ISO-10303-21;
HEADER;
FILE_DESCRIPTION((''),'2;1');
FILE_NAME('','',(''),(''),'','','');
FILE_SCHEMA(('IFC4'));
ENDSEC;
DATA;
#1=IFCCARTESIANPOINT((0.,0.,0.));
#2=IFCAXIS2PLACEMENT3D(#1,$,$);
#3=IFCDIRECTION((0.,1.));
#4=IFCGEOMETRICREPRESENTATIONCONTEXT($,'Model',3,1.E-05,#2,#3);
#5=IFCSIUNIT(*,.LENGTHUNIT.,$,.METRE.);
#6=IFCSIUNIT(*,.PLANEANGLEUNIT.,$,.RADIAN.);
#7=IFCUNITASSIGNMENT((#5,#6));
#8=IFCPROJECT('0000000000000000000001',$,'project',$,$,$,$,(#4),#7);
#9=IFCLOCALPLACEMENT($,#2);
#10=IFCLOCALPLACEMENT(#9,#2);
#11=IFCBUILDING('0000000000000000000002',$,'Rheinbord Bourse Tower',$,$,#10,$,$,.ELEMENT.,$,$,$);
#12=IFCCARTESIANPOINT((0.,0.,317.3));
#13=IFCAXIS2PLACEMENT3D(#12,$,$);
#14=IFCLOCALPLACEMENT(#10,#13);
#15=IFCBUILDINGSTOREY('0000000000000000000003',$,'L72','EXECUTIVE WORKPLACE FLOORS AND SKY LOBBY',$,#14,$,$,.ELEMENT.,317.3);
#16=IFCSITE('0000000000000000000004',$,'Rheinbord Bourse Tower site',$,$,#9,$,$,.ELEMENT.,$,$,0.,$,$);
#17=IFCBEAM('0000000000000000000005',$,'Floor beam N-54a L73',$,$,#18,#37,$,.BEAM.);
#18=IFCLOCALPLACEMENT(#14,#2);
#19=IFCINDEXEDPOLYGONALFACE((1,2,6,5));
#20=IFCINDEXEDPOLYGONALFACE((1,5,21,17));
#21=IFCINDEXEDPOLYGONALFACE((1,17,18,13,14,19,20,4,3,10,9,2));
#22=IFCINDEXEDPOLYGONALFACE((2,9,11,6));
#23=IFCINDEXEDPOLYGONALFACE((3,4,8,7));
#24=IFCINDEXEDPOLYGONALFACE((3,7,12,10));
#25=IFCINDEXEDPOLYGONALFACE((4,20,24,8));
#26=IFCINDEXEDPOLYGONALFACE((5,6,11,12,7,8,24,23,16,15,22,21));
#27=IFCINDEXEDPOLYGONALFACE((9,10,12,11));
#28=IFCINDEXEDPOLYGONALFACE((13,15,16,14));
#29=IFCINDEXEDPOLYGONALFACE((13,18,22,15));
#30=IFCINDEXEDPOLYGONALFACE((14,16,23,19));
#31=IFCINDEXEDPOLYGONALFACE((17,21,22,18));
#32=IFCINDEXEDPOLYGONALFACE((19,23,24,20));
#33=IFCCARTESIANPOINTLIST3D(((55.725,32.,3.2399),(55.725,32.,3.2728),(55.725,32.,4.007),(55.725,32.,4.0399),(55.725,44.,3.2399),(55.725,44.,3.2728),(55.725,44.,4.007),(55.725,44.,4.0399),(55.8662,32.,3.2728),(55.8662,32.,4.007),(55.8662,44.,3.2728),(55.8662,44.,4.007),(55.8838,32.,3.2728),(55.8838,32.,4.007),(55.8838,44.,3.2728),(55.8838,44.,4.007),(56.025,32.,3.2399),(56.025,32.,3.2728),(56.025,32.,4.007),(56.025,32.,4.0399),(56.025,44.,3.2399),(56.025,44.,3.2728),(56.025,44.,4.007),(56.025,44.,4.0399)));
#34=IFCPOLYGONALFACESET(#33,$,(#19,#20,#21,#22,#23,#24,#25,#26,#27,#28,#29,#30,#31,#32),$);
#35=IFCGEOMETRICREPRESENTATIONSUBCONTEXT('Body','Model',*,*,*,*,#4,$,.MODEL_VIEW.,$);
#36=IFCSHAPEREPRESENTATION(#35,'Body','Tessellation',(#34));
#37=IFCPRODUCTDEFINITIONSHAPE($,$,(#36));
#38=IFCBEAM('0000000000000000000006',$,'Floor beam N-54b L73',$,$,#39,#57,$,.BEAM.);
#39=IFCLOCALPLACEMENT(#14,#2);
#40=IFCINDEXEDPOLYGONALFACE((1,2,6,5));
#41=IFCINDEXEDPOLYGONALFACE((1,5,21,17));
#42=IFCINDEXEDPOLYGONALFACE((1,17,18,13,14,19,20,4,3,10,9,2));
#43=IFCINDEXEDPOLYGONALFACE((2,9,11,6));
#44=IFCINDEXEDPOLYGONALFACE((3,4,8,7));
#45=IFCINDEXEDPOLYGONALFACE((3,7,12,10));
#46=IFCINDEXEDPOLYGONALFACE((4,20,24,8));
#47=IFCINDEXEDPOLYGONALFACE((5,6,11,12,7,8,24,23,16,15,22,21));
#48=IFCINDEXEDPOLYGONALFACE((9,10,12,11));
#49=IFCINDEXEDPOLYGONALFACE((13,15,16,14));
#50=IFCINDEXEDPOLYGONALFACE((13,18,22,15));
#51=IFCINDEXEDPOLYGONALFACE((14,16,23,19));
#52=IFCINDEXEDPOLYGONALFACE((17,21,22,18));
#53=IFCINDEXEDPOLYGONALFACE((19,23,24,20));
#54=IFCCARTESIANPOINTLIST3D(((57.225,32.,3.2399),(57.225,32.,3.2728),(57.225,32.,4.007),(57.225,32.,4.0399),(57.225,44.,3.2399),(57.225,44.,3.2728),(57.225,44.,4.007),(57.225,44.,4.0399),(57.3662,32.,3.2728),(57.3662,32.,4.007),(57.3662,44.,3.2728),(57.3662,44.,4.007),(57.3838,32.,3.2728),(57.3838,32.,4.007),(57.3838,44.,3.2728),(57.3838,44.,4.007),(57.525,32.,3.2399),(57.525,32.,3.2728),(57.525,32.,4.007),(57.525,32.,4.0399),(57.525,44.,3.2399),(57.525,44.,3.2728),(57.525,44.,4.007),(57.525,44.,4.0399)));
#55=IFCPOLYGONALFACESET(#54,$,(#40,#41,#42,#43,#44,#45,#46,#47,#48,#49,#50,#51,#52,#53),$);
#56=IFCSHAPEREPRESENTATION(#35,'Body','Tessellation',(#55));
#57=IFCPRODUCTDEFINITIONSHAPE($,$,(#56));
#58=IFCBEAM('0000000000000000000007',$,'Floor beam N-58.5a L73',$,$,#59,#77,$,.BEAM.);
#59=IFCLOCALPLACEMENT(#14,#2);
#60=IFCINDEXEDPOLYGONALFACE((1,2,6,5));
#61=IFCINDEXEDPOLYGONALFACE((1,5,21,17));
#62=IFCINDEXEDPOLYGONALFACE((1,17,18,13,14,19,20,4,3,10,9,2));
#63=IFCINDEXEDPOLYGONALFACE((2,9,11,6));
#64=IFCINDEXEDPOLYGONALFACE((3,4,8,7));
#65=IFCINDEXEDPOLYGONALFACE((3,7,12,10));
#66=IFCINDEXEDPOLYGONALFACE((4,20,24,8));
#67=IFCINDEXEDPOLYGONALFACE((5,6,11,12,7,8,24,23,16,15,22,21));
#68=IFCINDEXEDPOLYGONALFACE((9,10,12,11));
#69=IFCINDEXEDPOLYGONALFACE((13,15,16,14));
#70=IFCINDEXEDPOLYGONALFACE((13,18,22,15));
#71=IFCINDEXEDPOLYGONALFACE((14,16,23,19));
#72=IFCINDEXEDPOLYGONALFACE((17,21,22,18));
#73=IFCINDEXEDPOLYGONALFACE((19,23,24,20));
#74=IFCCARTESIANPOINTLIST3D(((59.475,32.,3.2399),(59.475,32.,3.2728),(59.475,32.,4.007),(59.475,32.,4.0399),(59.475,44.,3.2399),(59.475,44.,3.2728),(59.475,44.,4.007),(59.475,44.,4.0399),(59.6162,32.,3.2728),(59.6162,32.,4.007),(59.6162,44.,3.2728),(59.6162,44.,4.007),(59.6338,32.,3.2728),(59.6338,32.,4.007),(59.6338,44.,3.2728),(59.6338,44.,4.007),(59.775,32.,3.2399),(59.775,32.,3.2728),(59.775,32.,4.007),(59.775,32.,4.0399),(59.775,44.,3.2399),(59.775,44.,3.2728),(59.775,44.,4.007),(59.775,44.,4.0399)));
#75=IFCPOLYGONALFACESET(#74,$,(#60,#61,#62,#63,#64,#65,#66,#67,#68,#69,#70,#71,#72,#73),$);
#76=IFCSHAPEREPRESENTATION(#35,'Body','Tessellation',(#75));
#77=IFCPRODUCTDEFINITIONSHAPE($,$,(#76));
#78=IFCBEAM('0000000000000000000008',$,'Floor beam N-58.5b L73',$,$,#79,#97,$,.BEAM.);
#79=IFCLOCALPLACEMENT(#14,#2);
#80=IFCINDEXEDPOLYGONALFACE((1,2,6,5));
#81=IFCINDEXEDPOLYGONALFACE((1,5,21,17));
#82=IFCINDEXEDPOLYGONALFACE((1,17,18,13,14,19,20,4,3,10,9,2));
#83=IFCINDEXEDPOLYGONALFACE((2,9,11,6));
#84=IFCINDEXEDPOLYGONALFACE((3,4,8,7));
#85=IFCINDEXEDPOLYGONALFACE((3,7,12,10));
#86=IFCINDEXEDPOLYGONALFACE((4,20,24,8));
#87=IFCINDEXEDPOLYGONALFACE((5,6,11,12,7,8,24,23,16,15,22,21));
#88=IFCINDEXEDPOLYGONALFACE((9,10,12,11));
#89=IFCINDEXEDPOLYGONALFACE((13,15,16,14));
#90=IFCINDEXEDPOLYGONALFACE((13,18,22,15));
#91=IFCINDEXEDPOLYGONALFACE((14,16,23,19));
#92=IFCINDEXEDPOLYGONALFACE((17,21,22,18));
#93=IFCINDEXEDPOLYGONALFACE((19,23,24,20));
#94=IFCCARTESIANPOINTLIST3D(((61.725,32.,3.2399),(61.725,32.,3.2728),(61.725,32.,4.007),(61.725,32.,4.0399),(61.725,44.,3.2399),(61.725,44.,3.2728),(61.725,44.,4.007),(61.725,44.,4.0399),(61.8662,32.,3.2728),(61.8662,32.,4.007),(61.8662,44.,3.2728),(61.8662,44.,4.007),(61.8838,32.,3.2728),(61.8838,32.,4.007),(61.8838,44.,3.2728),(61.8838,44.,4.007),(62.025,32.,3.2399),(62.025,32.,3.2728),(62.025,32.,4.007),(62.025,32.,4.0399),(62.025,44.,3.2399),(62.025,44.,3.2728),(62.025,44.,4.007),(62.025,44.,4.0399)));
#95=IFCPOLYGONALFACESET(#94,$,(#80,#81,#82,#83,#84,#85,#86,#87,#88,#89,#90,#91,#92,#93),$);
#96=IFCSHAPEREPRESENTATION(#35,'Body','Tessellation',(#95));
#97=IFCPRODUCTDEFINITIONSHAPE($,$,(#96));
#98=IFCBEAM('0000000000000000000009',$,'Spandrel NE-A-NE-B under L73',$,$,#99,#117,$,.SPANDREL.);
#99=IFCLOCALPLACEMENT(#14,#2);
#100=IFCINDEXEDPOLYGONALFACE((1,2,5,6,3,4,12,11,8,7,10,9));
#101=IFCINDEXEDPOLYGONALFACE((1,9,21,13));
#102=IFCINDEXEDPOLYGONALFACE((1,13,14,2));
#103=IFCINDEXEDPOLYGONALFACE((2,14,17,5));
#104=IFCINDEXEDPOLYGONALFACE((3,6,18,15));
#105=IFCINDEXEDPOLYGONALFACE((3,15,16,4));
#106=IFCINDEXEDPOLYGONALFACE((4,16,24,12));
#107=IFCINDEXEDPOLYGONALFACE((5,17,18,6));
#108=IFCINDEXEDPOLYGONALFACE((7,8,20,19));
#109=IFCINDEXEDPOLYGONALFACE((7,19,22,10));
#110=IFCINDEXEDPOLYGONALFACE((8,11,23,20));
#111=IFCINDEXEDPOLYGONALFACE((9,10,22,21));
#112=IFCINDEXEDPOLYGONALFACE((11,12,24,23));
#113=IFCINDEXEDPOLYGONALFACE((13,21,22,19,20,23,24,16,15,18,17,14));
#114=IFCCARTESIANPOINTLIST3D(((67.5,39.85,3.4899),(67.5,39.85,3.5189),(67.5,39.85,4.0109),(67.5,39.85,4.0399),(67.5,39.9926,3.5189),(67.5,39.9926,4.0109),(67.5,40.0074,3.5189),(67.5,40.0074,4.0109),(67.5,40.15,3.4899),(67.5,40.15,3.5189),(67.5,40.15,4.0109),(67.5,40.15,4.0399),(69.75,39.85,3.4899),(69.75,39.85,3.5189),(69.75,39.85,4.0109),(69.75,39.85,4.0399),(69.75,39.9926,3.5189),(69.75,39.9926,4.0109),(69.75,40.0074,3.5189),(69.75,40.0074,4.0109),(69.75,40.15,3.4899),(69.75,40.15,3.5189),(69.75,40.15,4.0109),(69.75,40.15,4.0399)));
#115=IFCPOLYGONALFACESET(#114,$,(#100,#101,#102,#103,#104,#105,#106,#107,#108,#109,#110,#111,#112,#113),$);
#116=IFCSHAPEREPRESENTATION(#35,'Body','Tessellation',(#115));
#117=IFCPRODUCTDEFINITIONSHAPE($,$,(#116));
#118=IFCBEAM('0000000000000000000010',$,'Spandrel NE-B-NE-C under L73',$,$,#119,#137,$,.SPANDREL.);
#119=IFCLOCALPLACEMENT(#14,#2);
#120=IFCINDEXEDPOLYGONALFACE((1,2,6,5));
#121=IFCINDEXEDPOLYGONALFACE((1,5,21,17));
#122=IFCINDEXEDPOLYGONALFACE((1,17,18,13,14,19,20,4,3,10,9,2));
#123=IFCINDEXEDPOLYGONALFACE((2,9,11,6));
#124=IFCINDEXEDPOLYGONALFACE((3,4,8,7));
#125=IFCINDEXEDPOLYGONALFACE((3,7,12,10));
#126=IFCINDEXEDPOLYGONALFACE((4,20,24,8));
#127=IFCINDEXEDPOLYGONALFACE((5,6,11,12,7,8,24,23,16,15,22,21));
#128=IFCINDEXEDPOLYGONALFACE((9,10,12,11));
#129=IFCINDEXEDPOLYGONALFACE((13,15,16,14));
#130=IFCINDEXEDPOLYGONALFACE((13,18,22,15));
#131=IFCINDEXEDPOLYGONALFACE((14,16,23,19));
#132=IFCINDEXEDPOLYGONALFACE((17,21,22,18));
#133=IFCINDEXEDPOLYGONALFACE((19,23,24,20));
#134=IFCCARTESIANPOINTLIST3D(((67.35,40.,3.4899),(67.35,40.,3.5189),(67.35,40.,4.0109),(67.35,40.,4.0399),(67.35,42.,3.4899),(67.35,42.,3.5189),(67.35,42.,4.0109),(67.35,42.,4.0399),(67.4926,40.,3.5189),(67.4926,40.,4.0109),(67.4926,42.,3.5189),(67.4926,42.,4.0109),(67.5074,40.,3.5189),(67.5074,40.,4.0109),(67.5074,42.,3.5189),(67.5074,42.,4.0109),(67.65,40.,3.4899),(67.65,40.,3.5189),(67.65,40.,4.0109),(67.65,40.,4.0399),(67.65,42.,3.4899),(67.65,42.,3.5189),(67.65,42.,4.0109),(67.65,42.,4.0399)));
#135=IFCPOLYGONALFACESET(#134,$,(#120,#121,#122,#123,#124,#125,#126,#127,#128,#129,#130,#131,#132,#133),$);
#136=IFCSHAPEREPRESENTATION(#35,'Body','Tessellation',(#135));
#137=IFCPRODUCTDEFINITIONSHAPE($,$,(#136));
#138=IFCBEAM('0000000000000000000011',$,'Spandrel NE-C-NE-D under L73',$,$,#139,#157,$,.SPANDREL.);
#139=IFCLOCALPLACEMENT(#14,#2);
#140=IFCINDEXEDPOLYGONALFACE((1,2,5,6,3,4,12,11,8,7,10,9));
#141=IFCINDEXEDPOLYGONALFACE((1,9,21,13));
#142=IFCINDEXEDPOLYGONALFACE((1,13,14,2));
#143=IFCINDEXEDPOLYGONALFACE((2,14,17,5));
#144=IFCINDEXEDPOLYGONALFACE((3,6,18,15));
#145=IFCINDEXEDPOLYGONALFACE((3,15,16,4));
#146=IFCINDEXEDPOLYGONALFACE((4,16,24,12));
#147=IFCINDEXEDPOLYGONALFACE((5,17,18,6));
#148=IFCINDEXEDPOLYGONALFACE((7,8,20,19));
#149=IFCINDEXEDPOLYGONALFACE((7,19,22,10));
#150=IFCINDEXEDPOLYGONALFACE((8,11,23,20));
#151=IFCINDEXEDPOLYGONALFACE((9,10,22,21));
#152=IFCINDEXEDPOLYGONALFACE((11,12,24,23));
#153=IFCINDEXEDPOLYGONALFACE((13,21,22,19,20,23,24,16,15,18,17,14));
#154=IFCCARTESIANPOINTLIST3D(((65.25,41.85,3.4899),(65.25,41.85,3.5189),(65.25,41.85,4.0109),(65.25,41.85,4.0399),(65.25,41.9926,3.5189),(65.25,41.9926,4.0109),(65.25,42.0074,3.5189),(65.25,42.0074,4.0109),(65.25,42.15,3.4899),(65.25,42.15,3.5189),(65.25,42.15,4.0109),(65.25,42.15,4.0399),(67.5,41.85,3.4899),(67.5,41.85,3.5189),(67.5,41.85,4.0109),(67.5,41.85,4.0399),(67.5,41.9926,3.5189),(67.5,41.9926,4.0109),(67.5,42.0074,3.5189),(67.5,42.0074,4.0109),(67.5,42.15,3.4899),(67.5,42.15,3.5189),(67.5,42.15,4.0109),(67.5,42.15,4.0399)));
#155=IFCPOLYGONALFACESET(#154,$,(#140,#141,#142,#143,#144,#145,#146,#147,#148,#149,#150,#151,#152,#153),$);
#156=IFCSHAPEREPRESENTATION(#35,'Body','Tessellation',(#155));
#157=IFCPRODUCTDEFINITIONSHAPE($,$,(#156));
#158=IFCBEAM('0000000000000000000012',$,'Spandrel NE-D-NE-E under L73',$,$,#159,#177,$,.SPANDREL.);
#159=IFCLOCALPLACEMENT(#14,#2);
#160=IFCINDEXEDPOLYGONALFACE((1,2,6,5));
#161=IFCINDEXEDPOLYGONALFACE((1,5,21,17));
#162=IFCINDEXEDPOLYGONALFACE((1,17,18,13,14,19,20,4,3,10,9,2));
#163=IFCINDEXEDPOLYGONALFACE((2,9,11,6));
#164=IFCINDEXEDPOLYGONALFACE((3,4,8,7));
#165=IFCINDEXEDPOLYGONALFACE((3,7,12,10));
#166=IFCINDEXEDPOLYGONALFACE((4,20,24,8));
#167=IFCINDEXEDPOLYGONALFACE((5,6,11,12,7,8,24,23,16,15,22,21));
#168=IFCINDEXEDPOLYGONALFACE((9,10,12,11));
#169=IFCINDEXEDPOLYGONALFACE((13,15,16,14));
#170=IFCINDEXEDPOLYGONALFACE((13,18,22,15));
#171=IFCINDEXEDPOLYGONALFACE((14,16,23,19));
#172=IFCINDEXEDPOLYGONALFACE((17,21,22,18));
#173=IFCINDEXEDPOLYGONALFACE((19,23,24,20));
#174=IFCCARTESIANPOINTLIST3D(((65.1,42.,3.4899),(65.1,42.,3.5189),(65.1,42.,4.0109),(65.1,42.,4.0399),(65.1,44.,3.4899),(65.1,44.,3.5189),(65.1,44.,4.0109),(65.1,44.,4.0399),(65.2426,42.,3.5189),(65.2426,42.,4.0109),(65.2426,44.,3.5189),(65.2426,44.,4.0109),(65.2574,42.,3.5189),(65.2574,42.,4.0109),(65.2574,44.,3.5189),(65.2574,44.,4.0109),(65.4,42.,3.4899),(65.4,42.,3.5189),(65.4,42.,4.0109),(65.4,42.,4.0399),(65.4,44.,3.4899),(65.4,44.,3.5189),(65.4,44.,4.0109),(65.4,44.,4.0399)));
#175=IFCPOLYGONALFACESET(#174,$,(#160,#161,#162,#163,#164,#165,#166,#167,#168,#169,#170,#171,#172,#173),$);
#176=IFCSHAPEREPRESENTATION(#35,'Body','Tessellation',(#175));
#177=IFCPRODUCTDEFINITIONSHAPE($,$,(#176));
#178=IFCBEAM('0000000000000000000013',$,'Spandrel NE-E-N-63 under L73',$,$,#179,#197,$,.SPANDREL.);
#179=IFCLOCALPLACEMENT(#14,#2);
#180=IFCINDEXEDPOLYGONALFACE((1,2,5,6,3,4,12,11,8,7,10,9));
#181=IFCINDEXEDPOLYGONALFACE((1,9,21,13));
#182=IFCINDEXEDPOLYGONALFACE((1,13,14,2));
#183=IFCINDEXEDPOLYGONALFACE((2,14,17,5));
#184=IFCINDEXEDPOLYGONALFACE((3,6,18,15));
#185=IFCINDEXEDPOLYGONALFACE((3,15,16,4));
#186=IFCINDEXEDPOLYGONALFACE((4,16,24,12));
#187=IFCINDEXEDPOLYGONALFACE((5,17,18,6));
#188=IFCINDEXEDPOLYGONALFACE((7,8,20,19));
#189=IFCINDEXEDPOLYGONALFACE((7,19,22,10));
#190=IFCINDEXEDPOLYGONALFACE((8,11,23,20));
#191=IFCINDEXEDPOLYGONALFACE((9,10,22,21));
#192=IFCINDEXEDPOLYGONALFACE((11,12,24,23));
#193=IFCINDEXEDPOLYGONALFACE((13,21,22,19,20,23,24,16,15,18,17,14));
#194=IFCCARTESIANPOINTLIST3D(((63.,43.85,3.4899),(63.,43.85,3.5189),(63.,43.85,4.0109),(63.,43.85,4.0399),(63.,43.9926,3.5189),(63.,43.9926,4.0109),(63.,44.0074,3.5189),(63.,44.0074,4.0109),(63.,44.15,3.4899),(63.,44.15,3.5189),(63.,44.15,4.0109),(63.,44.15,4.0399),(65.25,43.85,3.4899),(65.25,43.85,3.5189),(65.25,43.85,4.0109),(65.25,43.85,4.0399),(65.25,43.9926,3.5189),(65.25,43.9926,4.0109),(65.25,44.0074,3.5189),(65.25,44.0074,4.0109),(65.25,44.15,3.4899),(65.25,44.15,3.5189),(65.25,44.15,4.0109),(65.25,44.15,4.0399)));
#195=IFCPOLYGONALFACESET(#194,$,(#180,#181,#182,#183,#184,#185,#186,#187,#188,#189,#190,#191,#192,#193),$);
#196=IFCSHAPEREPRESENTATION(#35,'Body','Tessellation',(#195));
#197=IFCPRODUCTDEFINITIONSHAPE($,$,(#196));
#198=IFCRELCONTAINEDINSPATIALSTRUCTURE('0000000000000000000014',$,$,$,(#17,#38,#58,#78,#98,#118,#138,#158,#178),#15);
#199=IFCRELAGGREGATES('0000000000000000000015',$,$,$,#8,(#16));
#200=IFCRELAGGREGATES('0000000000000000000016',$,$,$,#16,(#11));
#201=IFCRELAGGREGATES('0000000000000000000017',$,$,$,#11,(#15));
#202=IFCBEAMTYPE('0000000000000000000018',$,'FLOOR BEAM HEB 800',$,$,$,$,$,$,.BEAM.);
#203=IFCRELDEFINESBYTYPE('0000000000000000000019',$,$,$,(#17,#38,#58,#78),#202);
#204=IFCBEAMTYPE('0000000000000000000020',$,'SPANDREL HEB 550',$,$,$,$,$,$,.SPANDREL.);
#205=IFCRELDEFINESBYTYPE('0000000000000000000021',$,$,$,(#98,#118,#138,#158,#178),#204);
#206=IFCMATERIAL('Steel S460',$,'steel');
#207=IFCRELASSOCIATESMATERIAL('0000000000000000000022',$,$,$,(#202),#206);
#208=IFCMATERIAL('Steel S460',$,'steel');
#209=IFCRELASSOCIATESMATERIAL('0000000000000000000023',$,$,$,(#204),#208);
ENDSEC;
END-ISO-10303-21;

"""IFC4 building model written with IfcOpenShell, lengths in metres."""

from ifc_helpers import new_model, si_unit, direction, frame, origin, origin_2d, place, context, subcontext, project, spatial, i_section, extrude, material, material_profile, profile_set, type_object, element, save


model = new_model("IFC4")

# Units and contexts
model_context = context("Model", 3, precision=1e-05, world=origin(), true_north=direction((0.0, 1.0)))
body_context = subcontext(model_context, "Body", "Model", "MODEL_VIEW")
ifc_project = project(units=[si_unit("LENGTHUNIT", "METRE"), si_unit("PLANEANGLEUNIT", "RADIAN")], contexts=[model_context])

# Site, building, storey
site_placement = place(None, origin())
site = spatial("IfcSite", under=ifc_project, at=site_placement, Name="Rheinbord Bourse Tower site", CompositionType="ELEMENT", RefElevation=0.0)
building_placement = place(site_placement, origin())
building = spatial("IfcBuilding", under=site, at=building_placement, Name="Rheinbord Bourse Tower", CompositionType="ELEMENT")
storey_placement = place(building_placement, frame((0.0, 0.0, 317.3)))
storey = spatial("IfcBuildingStorey", under=building, at=storey_placement, Name="L72", Description="EXECUTIVE WORKPLACE FLOORS AND SKY LOBBY", CompositionType="ELEMENT", Elevation=317.3)

# Beams
ifc_material_1 = material(Name="Steel S460", Category="steel")
ifc_material_profile_1 = material_profile(ifc_material_1, i_section(OverallWidth=0.3, OverallDepth=0.8, WebThickness=0.0176, FlangeThickness=0.033, at=origin_2d()), Name="HEB 800")
ifc_profile_set_1 = profile_set([ifc_material_profile_1], Name="Steel S460")
beam_type_1 = type_object("IfcBeamType", Name="FLOOR BEAM HEB 800", PredefinedType="BEAM", material=ifc_profile_set_1)
for number, where, z_axis, x_axis, name in (
    (1, (55.875, 44.0, 3.6399), (0.0, -1.0, 0.0), (1.0, 0.0, 0.0), "Floor beam N-54a L73"),
    (2, (57.375, 44.0, 3.6399), (0.0, -1.0, 0.0), (1.0, 0.0, 0.0), "Floor beam N-54b L73"),
    (3, (59.625, 44.0, 3.6399), (0.0, -1.0, 0.0), (1.0, 0.0, 0.0), "Floor beam N-58.5a L73"),
    (4, (61.875, 44.0, 3.6399), (0.0, -1.0, 0.0), (1.0, 0.0, 0.0), "Floor beam N-58.5b L73"),
):
    element("IfcBeam", number, at=place(storey_placement, frame(where, z_axis=z_axis, x_axis=x_axis)), inside=storey, type_object=beam_type_1, Name=name, PredefinedType="BEAM", context=body_context, shape_type="SweptSolid", body=[
        extrude(i_section(OverallWidth=0.3, OverallDepth=0.8, WebThickness=0.0176, FlangeThickness=0.033, at=origin_2d()), origin(), (0.0, 0.0, 1.0), 12.0),
    ])
ifc_material_2 = material(Name="Steel S460", Category="steel")
ifc_material_profile_2 = material_profile(ifc_material_2, i_section(OverallWidth=0.3, OverallDepth=0.55, WebThickness=0.0149, FlangeThickness=0.0291, at=origin_2d()), Name="HEB 550")
ifc_profile_set_2 = profile_set([ifc_material_profile_2], Name="Steel S460")
beam_type_2 = type_object("IfcBeamType", Name="SPANDREL HEB 550", PredefinedType="SPANDREL", material=ifc_profile_set_2)
beam_1_placement = place(storey_placement, frame((69.75, 40.0, 3.7649), z_axis=(-1.0, 0.0, 0.0), x_axis=(0.0, -1.0, 0.0)))
element("IfcBeam", 5, at=beam_1_placement, inside=storey, type_object=beam_type_2, Name="Spandrel NE-A-NE-B under L73", PredefinedType="SPANDREL", context=body_context, shape_type="SweptSolid", body=[
    extrude(i_section(OverallWidth=0.3, OverallDepth=0.55, WebThickness=0.0149, FlangeThickness=0.0291, at=origin_2d()), origin(), (0.0, 0.0, 1.0), 2.25),
])
beam_2_placement = place(storey_placement, frame((67.5, 40.0, 3.7649), z_axis=(0.0, 1.0, 0.0), x_axis=(-1.0, 0.0, 0.0)))
element("IfcBeam", 6, at=beam_2_placement, inside=storey, type_object=beam_type_2, Name="Spandrel NE-B-NE-C under L73", PredefinedType="SPANDREL", context=body_context, shape_type="SweptSolid", body=[
    extrude(i_section(OverallWidth=0.3, OverallDepth=0.55, WebThickness=0.0149, FlangeThickness=0.0291, at=origin_2d()), origin(), (0.0, 0.0, 1.0), 2.0),
])
beam_3_placement = place(storey_placement, frame((67.5, 42.0, 3.7649), z_axis=(-1.0, 0.0, 0.0), x_axis=(0.0, -1.0, 0.0)))
element("IfcBeam", 7, at=beam_3_placement, inside=storey, type_object=beam_type_2, Name="Spandrel NE-C-NE-D under L73", PredefinedType="SPANDREL", context=body_context, shape_type="SweptSolid", body=[
    extrude(i_section(OverallWidth=0.3, OverallDepth=0.55, WebThickness=0.0149, FlangeThickness=0.0291, at=origin_2d()), origin(), (0.0, 0.0, 1.0), 2.25),
])
beam_4_placement = place(storey_placement, frame((65.25, 42.0, 3.7649), z_axis=(0.0, 1.0, 0.0), x_axis=(-1.0, 0.0, 0.0)))
element("IfcBeam", 8, at=beam_4_placement, inside=storey, type_object=beam_type_2, Name="Spandrel NE-D-NE-E under L73", PredefinedType="SPANDREL", context=body_context, shape_type="SweptSolid", body=[
    extrude(i_section(OverallWidth=0.3, OverallDepth=0.55, WebThickness=0.0149, FlangeThickness=0.0291, at=origin_2d()), origin(), (0.0, 0.0, 1.0), 2.0),
])
beam_5_placement = place(storey_placement, frame((65.25, 44.0, 3.7649), z_axis=(-1.0, 0.0, 0.0), x_axis=(0.0, -1.0, 0.0)))
element("IfcBeam", 9, at=beam_5_placement, inside=storey, type_object=beam_type_2, Name="Spandrel NE-E-N-63 under L73", PredefinedType="SPANDREL", context=body_context, shape_type="SweptSolid", body=[
    extrude(i_section(OverallWidth=0.3, OverallDepth=0.55, WebThickness=0.0149, FlangeThickness=0.0291, at=origin_2d()), origin(), (0.0, 0.0, 1.0), 2.25),
])

save(model, "model.ifc")
